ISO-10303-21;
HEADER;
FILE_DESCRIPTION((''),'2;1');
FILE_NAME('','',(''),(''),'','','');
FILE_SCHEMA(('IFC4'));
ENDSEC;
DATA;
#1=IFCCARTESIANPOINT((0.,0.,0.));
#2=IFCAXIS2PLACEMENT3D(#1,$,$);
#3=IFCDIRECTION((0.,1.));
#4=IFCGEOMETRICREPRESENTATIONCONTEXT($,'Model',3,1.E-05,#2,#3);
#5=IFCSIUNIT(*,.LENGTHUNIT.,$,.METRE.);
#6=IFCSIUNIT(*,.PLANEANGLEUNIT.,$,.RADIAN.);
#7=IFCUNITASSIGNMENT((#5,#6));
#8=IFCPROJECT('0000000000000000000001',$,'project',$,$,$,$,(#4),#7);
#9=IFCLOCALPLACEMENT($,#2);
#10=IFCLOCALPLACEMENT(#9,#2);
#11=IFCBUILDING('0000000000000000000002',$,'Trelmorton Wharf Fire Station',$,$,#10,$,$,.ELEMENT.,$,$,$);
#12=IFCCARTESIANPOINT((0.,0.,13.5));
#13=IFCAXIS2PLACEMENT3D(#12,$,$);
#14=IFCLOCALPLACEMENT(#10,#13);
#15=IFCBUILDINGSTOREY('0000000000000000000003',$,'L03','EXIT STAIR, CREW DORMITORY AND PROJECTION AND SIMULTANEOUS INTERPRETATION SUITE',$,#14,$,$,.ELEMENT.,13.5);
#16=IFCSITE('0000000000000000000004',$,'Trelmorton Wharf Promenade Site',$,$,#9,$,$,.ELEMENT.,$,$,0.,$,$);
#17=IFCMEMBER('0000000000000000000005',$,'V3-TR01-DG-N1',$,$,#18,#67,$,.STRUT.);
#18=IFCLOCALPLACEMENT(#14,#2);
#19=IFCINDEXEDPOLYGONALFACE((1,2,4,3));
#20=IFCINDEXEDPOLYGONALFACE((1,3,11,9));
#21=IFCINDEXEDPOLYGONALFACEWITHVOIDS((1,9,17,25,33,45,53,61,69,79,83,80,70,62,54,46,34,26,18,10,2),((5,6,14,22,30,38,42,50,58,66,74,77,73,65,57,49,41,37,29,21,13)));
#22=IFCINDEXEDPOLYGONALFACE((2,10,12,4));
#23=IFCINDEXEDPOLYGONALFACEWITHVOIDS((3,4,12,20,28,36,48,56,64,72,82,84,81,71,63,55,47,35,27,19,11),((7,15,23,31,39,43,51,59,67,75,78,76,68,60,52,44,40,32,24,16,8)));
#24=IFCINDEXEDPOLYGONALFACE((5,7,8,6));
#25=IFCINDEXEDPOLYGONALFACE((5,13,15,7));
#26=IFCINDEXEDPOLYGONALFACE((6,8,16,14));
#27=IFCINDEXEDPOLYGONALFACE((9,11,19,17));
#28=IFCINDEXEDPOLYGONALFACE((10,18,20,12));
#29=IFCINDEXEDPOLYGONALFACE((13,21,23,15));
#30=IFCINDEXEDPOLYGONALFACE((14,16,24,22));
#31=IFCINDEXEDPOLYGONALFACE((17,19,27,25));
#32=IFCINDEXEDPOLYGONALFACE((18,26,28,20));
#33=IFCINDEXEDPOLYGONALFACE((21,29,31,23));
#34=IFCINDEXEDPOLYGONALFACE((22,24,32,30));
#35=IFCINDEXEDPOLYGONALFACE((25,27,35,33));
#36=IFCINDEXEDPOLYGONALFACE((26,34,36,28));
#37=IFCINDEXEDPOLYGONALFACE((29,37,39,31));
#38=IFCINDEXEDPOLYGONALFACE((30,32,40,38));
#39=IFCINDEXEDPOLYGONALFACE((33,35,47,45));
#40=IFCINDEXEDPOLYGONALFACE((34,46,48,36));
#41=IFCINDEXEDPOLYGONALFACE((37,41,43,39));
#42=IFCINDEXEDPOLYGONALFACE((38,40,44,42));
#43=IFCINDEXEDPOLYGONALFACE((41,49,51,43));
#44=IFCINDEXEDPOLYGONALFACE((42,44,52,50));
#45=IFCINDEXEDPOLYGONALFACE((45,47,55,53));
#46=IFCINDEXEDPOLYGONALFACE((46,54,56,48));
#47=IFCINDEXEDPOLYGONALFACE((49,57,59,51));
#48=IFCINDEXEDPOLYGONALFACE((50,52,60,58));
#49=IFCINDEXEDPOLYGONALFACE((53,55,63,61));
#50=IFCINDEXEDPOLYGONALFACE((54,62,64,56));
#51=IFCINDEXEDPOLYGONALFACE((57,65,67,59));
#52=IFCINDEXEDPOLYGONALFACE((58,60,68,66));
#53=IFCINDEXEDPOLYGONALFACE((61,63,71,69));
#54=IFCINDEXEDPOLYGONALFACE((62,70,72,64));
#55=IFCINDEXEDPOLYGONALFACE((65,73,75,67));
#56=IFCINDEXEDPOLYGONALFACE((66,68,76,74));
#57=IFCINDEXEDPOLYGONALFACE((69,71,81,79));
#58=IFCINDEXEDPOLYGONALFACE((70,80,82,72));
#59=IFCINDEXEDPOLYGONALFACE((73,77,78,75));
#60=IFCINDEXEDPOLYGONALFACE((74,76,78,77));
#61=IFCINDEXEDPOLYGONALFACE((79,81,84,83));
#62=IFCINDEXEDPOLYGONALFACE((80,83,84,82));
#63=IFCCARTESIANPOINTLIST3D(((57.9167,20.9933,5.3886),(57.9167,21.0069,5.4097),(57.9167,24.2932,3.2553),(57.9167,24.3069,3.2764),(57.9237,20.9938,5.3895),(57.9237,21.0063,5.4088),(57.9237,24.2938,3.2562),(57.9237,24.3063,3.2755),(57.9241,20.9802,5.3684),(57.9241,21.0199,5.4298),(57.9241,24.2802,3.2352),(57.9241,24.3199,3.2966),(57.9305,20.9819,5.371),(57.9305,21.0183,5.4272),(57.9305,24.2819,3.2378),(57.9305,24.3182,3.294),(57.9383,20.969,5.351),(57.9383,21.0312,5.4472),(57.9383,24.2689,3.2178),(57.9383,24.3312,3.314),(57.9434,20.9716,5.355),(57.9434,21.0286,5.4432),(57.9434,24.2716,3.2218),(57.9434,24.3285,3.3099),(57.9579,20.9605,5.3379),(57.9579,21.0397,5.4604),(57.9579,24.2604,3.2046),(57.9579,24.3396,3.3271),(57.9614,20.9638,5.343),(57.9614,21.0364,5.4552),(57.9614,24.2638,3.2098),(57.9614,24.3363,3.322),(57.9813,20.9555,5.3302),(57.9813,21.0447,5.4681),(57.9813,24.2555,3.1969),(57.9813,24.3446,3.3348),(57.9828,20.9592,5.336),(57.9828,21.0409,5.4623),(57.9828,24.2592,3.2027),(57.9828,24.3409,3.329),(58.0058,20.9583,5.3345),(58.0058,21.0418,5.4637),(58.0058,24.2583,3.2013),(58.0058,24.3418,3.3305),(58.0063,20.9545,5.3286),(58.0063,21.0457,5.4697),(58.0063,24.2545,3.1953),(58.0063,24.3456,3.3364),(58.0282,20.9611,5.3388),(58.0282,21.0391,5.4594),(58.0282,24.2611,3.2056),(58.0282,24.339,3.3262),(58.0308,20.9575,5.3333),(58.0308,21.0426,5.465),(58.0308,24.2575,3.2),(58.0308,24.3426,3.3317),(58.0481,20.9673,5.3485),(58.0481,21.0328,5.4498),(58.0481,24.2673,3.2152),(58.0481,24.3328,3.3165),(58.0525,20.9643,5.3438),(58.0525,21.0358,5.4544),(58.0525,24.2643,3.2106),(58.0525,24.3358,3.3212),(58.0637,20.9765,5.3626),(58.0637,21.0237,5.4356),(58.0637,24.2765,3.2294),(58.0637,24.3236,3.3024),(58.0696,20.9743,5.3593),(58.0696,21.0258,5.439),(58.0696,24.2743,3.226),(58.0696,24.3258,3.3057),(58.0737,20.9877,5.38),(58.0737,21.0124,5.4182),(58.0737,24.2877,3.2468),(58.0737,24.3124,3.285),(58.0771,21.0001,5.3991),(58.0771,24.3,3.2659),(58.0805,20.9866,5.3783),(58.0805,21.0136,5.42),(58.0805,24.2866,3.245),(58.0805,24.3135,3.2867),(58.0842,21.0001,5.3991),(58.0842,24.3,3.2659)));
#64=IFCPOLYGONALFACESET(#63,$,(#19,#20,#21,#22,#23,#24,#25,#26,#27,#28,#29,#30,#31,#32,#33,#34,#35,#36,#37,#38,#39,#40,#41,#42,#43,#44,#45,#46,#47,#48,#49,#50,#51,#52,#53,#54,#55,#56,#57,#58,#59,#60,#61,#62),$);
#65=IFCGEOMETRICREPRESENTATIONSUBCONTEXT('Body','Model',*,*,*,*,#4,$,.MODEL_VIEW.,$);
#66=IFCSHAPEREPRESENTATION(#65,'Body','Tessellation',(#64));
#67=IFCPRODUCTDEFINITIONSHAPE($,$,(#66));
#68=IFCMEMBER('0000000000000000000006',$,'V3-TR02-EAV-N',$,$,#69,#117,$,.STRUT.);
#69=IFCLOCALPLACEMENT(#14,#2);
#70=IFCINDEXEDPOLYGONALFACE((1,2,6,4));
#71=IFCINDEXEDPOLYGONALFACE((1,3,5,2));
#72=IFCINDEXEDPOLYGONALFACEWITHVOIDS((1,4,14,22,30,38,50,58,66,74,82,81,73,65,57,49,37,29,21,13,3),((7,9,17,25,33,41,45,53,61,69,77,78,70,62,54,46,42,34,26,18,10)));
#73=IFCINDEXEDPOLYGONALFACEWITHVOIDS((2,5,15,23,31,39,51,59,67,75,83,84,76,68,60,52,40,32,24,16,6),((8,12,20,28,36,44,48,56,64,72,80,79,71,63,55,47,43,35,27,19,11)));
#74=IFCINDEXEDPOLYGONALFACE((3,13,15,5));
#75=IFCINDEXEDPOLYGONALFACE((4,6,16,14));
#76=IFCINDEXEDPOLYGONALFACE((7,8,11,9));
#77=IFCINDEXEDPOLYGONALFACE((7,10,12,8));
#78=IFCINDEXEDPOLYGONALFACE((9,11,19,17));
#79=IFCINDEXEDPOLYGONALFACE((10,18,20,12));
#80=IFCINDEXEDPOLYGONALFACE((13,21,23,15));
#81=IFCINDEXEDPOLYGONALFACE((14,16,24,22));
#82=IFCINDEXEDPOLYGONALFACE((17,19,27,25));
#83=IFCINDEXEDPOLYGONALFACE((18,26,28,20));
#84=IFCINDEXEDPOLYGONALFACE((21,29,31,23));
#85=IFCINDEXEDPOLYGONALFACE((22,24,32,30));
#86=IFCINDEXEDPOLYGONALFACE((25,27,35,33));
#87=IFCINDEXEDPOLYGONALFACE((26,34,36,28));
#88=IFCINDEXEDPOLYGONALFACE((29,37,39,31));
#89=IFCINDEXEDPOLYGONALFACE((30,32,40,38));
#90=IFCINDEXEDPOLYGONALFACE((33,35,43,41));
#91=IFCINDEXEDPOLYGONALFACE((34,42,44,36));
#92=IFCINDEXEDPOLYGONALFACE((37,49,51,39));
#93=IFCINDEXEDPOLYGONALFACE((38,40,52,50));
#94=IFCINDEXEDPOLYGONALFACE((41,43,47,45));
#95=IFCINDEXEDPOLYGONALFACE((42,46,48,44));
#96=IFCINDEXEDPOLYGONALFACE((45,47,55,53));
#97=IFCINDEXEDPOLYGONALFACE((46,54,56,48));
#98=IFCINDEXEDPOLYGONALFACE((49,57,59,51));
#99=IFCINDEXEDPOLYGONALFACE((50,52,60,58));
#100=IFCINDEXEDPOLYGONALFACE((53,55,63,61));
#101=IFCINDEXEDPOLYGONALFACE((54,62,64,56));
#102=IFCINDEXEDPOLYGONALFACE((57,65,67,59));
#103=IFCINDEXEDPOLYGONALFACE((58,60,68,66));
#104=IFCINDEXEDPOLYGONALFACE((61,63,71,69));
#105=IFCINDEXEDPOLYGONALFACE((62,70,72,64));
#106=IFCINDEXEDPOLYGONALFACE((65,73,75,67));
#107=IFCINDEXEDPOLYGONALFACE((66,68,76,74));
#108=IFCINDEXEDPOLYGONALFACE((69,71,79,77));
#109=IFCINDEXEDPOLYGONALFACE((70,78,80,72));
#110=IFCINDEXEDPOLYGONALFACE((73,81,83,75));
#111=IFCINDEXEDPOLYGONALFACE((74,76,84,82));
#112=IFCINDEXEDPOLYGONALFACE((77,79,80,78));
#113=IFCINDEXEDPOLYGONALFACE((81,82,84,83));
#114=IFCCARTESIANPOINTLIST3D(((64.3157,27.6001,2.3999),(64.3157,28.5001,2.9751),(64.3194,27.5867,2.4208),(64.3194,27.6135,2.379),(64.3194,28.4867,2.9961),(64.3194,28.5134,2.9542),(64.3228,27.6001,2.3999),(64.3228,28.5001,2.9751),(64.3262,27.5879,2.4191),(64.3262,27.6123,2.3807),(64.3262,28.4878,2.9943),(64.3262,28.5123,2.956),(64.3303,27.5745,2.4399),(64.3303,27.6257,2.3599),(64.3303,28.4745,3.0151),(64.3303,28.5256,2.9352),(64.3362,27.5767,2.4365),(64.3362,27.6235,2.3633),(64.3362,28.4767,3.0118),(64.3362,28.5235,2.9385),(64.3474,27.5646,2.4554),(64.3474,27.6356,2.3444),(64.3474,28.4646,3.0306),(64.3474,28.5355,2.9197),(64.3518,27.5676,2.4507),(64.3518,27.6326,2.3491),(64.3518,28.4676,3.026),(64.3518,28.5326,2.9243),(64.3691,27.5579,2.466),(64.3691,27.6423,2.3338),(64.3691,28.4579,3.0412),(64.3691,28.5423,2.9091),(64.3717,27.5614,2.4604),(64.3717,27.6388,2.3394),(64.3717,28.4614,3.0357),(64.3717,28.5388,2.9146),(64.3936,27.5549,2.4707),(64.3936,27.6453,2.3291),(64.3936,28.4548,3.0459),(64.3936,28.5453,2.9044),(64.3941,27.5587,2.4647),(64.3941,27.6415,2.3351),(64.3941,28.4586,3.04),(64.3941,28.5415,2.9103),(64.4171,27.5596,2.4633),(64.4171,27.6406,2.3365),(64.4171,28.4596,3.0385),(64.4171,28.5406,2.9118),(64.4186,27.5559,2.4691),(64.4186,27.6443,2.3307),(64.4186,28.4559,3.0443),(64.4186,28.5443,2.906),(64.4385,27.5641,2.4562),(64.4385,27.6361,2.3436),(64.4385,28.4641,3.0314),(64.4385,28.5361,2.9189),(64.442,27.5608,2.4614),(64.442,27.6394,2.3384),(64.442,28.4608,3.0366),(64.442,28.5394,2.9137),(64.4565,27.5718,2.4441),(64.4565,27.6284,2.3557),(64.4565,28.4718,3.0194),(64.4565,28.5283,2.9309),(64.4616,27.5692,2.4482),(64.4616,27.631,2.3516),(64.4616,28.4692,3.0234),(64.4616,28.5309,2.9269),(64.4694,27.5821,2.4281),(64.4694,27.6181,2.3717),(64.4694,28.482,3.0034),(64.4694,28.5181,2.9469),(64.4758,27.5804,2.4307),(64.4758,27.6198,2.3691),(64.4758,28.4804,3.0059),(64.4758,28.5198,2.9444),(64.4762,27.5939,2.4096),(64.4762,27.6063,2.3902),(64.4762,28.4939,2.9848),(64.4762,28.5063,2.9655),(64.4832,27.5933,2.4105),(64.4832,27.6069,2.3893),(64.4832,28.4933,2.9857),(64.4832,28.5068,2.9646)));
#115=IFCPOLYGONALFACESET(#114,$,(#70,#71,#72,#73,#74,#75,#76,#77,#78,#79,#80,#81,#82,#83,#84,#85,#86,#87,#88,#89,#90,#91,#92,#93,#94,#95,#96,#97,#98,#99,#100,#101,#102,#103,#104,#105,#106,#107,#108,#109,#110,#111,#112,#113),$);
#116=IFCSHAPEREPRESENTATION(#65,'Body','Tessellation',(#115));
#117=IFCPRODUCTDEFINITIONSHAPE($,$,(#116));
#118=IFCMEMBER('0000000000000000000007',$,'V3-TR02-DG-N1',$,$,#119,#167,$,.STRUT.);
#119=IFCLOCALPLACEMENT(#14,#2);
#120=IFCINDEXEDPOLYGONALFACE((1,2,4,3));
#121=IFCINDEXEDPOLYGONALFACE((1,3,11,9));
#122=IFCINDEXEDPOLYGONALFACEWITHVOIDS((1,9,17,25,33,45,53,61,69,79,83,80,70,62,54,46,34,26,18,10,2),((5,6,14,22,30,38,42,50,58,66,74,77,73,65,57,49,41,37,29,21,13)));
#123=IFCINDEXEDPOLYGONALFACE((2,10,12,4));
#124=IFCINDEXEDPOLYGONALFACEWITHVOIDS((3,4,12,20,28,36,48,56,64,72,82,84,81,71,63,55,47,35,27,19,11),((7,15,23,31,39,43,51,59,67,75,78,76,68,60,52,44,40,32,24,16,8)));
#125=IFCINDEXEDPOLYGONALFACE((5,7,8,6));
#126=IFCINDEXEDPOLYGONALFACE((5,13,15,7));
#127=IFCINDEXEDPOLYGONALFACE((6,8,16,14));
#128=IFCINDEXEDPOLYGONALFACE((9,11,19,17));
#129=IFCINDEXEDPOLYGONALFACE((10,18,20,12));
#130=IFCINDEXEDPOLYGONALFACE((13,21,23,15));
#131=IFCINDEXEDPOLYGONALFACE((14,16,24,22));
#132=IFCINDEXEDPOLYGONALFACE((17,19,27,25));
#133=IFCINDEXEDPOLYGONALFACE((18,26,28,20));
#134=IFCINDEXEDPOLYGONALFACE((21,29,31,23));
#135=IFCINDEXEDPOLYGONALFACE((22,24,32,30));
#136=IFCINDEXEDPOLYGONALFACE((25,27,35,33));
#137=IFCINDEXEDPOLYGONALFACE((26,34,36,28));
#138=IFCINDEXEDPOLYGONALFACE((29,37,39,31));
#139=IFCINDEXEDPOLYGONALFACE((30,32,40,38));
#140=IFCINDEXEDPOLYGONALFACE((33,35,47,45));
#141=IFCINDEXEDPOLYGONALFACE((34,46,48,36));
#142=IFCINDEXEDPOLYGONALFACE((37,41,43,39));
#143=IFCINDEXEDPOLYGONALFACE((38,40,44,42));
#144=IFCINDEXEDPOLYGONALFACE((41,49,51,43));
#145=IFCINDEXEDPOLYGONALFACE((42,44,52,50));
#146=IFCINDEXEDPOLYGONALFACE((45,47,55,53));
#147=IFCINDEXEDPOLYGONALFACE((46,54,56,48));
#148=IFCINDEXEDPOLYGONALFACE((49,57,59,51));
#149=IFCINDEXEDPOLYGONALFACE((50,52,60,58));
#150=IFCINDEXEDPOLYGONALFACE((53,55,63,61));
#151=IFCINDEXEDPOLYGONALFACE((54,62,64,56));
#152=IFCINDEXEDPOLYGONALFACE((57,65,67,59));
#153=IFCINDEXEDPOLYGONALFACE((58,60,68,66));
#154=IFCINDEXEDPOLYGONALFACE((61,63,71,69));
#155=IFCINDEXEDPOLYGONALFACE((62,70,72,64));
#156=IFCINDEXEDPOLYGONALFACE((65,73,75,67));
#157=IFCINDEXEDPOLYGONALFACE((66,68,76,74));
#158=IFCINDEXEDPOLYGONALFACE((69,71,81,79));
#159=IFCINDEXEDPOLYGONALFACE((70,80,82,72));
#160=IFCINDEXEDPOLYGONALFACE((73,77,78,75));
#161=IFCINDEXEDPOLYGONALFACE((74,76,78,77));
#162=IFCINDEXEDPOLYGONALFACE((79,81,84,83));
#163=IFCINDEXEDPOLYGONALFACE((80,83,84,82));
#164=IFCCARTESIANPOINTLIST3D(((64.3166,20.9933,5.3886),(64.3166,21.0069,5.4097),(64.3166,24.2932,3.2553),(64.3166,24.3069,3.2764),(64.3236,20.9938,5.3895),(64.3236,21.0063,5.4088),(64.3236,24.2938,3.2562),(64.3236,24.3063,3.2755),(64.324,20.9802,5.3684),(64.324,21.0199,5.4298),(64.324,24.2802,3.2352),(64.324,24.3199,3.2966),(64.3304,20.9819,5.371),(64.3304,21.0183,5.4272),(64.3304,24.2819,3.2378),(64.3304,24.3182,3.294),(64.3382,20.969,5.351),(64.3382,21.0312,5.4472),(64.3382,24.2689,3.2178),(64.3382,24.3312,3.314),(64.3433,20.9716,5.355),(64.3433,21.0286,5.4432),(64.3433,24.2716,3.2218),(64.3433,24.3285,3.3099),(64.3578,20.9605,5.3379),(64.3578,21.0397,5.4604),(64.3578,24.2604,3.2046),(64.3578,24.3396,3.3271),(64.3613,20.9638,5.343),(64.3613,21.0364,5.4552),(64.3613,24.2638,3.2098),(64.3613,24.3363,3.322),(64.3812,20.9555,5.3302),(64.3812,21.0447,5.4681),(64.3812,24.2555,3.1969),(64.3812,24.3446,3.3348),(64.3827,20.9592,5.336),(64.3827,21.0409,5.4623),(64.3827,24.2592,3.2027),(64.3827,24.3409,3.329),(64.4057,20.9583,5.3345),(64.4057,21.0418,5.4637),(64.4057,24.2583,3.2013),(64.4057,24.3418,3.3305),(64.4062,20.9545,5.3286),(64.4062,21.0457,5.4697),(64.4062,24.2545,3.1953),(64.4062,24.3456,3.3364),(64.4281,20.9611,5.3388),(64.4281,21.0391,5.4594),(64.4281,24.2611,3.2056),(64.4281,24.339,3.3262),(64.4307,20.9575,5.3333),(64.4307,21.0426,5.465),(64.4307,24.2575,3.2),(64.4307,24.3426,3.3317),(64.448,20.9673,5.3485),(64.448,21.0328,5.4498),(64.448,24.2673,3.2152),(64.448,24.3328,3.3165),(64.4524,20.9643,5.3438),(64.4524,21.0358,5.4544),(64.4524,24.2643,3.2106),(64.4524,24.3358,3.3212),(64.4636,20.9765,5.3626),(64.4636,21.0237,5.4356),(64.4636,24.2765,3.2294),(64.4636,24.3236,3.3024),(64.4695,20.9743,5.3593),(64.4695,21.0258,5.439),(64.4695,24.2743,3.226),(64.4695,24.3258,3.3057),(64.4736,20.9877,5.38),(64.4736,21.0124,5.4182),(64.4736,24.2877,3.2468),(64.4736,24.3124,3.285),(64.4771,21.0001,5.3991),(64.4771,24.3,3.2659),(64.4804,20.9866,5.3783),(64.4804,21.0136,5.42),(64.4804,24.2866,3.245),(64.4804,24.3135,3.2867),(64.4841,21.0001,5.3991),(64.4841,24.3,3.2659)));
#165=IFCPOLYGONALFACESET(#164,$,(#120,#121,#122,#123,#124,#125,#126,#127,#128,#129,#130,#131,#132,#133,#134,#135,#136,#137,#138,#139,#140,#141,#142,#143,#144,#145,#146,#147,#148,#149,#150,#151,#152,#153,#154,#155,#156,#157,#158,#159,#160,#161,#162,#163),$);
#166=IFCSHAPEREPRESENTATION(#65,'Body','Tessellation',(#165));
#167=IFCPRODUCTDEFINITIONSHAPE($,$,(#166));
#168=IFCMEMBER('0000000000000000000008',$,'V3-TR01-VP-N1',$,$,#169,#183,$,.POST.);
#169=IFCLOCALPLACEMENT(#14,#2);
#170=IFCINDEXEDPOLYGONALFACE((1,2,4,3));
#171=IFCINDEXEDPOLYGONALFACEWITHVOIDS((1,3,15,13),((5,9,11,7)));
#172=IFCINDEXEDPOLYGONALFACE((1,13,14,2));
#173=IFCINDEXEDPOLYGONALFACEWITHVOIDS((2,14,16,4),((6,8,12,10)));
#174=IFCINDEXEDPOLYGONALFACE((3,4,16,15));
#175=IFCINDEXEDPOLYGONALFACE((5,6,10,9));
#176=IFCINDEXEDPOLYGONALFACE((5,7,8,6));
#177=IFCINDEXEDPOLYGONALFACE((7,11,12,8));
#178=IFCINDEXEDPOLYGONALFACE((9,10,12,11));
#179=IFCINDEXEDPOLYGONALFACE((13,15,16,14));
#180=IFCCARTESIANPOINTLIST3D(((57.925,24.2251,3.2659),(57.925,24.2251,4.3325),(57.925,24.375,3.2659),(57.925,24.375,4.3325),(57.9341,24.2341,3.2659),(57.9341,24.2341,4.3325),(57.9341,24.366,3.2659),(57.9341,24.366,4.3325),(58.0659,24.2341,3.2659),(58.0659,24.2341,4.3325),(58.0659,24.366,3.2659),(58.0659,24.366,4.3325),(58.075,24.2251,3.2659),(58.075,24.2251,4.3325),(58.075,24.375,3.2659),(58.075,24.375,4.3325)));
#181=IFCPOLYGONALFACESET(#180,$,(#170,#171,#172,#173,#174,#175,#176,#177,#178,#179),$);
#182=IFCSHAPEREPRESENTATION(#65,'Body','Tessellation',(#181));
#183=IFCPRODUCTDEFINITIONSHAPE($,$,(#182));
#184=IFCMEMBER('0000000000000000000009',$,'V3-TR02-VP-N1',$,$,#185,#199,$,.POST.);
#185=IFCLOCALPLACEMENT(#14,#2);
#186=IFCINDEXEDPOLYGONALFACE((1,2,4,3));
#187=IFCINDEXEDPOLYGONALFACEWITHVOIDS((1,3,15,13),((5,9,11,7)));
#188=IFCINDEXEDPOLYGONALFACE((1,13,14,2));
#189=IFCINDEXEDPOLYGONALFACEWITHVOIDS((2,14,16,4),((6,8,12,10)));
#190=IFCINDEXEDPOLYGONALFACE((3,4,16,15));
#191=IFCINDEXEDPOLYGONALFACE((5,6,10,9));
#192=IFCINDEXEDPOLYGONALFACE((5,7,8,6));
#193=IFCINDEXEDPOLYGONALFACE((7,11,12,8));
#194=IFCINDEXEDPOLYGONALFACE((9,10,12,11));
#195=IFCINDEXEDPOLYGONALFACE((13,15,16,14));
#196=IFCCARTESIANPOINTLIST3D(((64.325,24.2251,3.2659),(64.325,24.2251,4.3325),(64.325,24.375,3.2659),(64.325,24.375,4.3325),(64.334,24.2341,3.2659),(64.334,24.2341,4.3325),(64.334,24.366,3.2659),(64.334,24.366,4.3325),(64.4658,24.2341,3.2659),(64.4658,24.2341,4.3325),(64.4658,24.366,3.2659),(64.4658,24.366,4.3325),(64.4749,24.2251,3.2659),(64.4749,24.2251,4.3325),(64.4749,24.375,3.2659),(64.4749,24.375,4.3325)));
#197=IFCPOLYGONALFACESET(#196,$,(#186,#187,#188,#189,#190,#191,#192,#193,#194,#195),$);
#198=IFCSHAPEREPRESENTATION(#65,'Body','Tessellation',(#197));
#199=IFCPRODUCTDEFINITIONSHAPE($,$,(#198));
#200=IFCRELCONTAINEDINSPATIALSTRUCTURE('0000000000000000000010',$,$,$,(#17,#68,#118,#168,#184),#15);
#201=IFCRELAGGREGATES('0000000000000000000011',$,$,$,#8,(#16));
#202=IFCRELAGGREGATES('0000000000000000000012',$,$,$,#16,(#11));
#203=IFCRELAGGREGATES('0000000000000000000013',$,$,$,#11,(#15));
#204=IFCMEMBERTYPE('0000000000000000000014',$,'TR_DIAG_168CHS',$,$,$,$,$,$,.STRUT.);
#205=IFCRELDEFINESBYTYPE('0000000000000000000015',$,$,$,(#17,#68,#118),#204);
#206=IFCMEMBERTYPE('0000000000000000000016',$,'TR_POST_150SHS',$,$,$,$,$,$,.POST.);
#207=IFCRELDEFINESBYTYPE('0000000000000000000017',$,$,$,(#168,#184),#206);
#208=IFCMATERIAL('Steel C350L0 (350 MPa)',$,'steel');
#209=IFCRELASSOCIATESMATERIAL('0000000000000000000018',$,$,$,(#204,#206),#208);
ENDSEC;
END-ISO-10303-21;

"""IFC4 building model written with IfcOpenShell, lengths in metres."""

from ifc_helpers import new_model, si_unit, direction, frame, origin, origin_2d, place, context, subcontext, project, spatial, hollow_rectangle, hollow_circle, extrude, material, material_profile, profile_set, type_object, element, save


model = new_model("IFC4")

# Units and contexts
model_context = context("Model", 3, precision=1e-05, world=origin(), true_north=direction((0.0, 1.0)))
body_context = subcontext(model_context, "Body", "Model", "MODEL_VIEW")
ifc_project = project(units=[si_unit("LENGTHUNIT", "METRE"), si_unit("PLANEANGLEUNIT", "RADIAN")], contexts=[model_context])

# Site, building, storey
site_placement = place(None, origin())
site = spatial("IfcSite", under=ifc_project, at=site_placement, Name="Trelmorton Wharf Promenade Site", CompositionType="ELEMENT", RefElevation=0.0)
building_placement = place(site_placement, origin())
building = spatial("IfcBuilding", under=site, at=building_placement, Name="Trelmorton Wharf Fire Station", CompositionType="ELEMENT")
storey_placement = place(building_placement, frame((0.0, 0.0, 13.5)))
storey = spatial("IfcBuildingStorey", under=building, at=storey_placement, Name="L03", Description="EXIT STAIR, CREW DORMITORY AND PROJECTION AND SIMULTANEOUS INTERPRETATION SUITE", CompositionType="ELEMENT", Elevation=13.5)

# Members
ifc_material_1 = material(Name="Steel C350L0 (350 MPa)", Category="steel")
ifc_material_profile_1 = material_profile(ifc_material_1, hollow_circle(Radius=0.0842, WallThickness=0.0071, at=origin_2d()), Name="168.3x7.1CHS")
ifc_profile_set_1 = profile_set([ifc_material_profile_1], Name="Steel C350L0 (350 MPa)")
member_type_1 = type_object("IfcMemberType", Name="TR_DIAG_168CHS", PredefinedType="STRUT", material=ifc_profile_set_1)
member_1_placement = place(storey_placement, frame((58.0, 24.3, 3.2659), z_axis=(0.0, -0.839805, 0.542888), x_axis=(1.0, 0.0, 0.0)))
element("IfcMember", 1, at=member_1_placement, inside=storey, type_object=member_type_1, Name="V3-TR01-DG-N1", PredefinedType="STRUT", context=body_context, shape_type="SweptSolid", body=[
    extrude(hollow_circle(Radius=0.0842, WallThickness=0.0071, at=origin_2d()), origin(), (0.0, 0.0, 1.0), 3.9294),
])
member_2_placement = place(storey_placement, frame((64.3999, 27.6001, 2.3999), z_axis=(0.0, 0.842587, 0.538561), x_axis=(-1.0, 0.0, 0.0)))
element("IfcMember", 2, at=member_2_placement, inside=storey, type_object=member_type_1, Name="V3-TR02-EAV-N", PredefinedType="STRUT", context=body_context, shape_type="SweptSolid", body=[
    extrude(hollow_circle(Radius=0.0842, WallThickness=0.0071, at=origin_2d()), origin(), (0.0, 0.0, 1.0), 1.0681),
])
member_3_placement = place(storey_placement, frame((64.3999, 24.3, 3.2659), z_axis=(0.0, -0.839805, 0.542888), x_axis=(1.0, 0.0, 0.0)))
element("IfcMember", 3, at=member_3_placement, inside=storey, type_object=member_type_1, Name="V3-TR02-DG-N1", PredefinedType="STRUT", context=body_context, shape_type="SweptSolid", body=[
    extrude(hollow_circle(Radius=0.0842, WallThickness=0.0071, at=origin_2d()), origin(), (0.0, 0.0, 1.0), 3.9294),
])
ifc_material_profile_2 = material_profile(ifc_material_1, hollow_rectangle(XDim=0.1499, YDim=0.1499, WallThickness=0.009, at=origin_2d()), Name="150x150x9.0SHS")
ifc_profile_set_2 = profile_set([ifc_material_profile_2], Name="Steel C350L0 (350 MPa)")
member_type_2 = type_object("IfcMemberType", Name="TR_POST_150SHS", PredefinedType="POST", material=ifc_profile_set_2)
for number, where, z_axis, x_axis, name in (
    (4, (58.0, 24.3, 3.2659), (0.0, 0.0, 1.0), (1.0, 0.0, 0.0), "V3-TR01-VP-N1"),
    (5, (64.3999, 24.3, 3.2659), (0.0, 0.0, 1.0), (1.0, 0.0, 0.0), "V3-TR02-VP-N1"),
):
    element("IfcMember", number, at=place(storey_placement, frame(where, z_axis=z_axis, x_axis=x_axis)), inside=storey, type_object=member_type_2, Name=name, PredefinedType="POST", context=body_context, shape_type="SweptSolid", body=[
        extrude(hollow_rectangle(XDim=0.1499, YDim=0.1499, WallThickness=0.009, at=origin_2d()), origin(), (0.0, 0.0, 1.0), 1.0667),
    ])

save(model, "model.ifc")
